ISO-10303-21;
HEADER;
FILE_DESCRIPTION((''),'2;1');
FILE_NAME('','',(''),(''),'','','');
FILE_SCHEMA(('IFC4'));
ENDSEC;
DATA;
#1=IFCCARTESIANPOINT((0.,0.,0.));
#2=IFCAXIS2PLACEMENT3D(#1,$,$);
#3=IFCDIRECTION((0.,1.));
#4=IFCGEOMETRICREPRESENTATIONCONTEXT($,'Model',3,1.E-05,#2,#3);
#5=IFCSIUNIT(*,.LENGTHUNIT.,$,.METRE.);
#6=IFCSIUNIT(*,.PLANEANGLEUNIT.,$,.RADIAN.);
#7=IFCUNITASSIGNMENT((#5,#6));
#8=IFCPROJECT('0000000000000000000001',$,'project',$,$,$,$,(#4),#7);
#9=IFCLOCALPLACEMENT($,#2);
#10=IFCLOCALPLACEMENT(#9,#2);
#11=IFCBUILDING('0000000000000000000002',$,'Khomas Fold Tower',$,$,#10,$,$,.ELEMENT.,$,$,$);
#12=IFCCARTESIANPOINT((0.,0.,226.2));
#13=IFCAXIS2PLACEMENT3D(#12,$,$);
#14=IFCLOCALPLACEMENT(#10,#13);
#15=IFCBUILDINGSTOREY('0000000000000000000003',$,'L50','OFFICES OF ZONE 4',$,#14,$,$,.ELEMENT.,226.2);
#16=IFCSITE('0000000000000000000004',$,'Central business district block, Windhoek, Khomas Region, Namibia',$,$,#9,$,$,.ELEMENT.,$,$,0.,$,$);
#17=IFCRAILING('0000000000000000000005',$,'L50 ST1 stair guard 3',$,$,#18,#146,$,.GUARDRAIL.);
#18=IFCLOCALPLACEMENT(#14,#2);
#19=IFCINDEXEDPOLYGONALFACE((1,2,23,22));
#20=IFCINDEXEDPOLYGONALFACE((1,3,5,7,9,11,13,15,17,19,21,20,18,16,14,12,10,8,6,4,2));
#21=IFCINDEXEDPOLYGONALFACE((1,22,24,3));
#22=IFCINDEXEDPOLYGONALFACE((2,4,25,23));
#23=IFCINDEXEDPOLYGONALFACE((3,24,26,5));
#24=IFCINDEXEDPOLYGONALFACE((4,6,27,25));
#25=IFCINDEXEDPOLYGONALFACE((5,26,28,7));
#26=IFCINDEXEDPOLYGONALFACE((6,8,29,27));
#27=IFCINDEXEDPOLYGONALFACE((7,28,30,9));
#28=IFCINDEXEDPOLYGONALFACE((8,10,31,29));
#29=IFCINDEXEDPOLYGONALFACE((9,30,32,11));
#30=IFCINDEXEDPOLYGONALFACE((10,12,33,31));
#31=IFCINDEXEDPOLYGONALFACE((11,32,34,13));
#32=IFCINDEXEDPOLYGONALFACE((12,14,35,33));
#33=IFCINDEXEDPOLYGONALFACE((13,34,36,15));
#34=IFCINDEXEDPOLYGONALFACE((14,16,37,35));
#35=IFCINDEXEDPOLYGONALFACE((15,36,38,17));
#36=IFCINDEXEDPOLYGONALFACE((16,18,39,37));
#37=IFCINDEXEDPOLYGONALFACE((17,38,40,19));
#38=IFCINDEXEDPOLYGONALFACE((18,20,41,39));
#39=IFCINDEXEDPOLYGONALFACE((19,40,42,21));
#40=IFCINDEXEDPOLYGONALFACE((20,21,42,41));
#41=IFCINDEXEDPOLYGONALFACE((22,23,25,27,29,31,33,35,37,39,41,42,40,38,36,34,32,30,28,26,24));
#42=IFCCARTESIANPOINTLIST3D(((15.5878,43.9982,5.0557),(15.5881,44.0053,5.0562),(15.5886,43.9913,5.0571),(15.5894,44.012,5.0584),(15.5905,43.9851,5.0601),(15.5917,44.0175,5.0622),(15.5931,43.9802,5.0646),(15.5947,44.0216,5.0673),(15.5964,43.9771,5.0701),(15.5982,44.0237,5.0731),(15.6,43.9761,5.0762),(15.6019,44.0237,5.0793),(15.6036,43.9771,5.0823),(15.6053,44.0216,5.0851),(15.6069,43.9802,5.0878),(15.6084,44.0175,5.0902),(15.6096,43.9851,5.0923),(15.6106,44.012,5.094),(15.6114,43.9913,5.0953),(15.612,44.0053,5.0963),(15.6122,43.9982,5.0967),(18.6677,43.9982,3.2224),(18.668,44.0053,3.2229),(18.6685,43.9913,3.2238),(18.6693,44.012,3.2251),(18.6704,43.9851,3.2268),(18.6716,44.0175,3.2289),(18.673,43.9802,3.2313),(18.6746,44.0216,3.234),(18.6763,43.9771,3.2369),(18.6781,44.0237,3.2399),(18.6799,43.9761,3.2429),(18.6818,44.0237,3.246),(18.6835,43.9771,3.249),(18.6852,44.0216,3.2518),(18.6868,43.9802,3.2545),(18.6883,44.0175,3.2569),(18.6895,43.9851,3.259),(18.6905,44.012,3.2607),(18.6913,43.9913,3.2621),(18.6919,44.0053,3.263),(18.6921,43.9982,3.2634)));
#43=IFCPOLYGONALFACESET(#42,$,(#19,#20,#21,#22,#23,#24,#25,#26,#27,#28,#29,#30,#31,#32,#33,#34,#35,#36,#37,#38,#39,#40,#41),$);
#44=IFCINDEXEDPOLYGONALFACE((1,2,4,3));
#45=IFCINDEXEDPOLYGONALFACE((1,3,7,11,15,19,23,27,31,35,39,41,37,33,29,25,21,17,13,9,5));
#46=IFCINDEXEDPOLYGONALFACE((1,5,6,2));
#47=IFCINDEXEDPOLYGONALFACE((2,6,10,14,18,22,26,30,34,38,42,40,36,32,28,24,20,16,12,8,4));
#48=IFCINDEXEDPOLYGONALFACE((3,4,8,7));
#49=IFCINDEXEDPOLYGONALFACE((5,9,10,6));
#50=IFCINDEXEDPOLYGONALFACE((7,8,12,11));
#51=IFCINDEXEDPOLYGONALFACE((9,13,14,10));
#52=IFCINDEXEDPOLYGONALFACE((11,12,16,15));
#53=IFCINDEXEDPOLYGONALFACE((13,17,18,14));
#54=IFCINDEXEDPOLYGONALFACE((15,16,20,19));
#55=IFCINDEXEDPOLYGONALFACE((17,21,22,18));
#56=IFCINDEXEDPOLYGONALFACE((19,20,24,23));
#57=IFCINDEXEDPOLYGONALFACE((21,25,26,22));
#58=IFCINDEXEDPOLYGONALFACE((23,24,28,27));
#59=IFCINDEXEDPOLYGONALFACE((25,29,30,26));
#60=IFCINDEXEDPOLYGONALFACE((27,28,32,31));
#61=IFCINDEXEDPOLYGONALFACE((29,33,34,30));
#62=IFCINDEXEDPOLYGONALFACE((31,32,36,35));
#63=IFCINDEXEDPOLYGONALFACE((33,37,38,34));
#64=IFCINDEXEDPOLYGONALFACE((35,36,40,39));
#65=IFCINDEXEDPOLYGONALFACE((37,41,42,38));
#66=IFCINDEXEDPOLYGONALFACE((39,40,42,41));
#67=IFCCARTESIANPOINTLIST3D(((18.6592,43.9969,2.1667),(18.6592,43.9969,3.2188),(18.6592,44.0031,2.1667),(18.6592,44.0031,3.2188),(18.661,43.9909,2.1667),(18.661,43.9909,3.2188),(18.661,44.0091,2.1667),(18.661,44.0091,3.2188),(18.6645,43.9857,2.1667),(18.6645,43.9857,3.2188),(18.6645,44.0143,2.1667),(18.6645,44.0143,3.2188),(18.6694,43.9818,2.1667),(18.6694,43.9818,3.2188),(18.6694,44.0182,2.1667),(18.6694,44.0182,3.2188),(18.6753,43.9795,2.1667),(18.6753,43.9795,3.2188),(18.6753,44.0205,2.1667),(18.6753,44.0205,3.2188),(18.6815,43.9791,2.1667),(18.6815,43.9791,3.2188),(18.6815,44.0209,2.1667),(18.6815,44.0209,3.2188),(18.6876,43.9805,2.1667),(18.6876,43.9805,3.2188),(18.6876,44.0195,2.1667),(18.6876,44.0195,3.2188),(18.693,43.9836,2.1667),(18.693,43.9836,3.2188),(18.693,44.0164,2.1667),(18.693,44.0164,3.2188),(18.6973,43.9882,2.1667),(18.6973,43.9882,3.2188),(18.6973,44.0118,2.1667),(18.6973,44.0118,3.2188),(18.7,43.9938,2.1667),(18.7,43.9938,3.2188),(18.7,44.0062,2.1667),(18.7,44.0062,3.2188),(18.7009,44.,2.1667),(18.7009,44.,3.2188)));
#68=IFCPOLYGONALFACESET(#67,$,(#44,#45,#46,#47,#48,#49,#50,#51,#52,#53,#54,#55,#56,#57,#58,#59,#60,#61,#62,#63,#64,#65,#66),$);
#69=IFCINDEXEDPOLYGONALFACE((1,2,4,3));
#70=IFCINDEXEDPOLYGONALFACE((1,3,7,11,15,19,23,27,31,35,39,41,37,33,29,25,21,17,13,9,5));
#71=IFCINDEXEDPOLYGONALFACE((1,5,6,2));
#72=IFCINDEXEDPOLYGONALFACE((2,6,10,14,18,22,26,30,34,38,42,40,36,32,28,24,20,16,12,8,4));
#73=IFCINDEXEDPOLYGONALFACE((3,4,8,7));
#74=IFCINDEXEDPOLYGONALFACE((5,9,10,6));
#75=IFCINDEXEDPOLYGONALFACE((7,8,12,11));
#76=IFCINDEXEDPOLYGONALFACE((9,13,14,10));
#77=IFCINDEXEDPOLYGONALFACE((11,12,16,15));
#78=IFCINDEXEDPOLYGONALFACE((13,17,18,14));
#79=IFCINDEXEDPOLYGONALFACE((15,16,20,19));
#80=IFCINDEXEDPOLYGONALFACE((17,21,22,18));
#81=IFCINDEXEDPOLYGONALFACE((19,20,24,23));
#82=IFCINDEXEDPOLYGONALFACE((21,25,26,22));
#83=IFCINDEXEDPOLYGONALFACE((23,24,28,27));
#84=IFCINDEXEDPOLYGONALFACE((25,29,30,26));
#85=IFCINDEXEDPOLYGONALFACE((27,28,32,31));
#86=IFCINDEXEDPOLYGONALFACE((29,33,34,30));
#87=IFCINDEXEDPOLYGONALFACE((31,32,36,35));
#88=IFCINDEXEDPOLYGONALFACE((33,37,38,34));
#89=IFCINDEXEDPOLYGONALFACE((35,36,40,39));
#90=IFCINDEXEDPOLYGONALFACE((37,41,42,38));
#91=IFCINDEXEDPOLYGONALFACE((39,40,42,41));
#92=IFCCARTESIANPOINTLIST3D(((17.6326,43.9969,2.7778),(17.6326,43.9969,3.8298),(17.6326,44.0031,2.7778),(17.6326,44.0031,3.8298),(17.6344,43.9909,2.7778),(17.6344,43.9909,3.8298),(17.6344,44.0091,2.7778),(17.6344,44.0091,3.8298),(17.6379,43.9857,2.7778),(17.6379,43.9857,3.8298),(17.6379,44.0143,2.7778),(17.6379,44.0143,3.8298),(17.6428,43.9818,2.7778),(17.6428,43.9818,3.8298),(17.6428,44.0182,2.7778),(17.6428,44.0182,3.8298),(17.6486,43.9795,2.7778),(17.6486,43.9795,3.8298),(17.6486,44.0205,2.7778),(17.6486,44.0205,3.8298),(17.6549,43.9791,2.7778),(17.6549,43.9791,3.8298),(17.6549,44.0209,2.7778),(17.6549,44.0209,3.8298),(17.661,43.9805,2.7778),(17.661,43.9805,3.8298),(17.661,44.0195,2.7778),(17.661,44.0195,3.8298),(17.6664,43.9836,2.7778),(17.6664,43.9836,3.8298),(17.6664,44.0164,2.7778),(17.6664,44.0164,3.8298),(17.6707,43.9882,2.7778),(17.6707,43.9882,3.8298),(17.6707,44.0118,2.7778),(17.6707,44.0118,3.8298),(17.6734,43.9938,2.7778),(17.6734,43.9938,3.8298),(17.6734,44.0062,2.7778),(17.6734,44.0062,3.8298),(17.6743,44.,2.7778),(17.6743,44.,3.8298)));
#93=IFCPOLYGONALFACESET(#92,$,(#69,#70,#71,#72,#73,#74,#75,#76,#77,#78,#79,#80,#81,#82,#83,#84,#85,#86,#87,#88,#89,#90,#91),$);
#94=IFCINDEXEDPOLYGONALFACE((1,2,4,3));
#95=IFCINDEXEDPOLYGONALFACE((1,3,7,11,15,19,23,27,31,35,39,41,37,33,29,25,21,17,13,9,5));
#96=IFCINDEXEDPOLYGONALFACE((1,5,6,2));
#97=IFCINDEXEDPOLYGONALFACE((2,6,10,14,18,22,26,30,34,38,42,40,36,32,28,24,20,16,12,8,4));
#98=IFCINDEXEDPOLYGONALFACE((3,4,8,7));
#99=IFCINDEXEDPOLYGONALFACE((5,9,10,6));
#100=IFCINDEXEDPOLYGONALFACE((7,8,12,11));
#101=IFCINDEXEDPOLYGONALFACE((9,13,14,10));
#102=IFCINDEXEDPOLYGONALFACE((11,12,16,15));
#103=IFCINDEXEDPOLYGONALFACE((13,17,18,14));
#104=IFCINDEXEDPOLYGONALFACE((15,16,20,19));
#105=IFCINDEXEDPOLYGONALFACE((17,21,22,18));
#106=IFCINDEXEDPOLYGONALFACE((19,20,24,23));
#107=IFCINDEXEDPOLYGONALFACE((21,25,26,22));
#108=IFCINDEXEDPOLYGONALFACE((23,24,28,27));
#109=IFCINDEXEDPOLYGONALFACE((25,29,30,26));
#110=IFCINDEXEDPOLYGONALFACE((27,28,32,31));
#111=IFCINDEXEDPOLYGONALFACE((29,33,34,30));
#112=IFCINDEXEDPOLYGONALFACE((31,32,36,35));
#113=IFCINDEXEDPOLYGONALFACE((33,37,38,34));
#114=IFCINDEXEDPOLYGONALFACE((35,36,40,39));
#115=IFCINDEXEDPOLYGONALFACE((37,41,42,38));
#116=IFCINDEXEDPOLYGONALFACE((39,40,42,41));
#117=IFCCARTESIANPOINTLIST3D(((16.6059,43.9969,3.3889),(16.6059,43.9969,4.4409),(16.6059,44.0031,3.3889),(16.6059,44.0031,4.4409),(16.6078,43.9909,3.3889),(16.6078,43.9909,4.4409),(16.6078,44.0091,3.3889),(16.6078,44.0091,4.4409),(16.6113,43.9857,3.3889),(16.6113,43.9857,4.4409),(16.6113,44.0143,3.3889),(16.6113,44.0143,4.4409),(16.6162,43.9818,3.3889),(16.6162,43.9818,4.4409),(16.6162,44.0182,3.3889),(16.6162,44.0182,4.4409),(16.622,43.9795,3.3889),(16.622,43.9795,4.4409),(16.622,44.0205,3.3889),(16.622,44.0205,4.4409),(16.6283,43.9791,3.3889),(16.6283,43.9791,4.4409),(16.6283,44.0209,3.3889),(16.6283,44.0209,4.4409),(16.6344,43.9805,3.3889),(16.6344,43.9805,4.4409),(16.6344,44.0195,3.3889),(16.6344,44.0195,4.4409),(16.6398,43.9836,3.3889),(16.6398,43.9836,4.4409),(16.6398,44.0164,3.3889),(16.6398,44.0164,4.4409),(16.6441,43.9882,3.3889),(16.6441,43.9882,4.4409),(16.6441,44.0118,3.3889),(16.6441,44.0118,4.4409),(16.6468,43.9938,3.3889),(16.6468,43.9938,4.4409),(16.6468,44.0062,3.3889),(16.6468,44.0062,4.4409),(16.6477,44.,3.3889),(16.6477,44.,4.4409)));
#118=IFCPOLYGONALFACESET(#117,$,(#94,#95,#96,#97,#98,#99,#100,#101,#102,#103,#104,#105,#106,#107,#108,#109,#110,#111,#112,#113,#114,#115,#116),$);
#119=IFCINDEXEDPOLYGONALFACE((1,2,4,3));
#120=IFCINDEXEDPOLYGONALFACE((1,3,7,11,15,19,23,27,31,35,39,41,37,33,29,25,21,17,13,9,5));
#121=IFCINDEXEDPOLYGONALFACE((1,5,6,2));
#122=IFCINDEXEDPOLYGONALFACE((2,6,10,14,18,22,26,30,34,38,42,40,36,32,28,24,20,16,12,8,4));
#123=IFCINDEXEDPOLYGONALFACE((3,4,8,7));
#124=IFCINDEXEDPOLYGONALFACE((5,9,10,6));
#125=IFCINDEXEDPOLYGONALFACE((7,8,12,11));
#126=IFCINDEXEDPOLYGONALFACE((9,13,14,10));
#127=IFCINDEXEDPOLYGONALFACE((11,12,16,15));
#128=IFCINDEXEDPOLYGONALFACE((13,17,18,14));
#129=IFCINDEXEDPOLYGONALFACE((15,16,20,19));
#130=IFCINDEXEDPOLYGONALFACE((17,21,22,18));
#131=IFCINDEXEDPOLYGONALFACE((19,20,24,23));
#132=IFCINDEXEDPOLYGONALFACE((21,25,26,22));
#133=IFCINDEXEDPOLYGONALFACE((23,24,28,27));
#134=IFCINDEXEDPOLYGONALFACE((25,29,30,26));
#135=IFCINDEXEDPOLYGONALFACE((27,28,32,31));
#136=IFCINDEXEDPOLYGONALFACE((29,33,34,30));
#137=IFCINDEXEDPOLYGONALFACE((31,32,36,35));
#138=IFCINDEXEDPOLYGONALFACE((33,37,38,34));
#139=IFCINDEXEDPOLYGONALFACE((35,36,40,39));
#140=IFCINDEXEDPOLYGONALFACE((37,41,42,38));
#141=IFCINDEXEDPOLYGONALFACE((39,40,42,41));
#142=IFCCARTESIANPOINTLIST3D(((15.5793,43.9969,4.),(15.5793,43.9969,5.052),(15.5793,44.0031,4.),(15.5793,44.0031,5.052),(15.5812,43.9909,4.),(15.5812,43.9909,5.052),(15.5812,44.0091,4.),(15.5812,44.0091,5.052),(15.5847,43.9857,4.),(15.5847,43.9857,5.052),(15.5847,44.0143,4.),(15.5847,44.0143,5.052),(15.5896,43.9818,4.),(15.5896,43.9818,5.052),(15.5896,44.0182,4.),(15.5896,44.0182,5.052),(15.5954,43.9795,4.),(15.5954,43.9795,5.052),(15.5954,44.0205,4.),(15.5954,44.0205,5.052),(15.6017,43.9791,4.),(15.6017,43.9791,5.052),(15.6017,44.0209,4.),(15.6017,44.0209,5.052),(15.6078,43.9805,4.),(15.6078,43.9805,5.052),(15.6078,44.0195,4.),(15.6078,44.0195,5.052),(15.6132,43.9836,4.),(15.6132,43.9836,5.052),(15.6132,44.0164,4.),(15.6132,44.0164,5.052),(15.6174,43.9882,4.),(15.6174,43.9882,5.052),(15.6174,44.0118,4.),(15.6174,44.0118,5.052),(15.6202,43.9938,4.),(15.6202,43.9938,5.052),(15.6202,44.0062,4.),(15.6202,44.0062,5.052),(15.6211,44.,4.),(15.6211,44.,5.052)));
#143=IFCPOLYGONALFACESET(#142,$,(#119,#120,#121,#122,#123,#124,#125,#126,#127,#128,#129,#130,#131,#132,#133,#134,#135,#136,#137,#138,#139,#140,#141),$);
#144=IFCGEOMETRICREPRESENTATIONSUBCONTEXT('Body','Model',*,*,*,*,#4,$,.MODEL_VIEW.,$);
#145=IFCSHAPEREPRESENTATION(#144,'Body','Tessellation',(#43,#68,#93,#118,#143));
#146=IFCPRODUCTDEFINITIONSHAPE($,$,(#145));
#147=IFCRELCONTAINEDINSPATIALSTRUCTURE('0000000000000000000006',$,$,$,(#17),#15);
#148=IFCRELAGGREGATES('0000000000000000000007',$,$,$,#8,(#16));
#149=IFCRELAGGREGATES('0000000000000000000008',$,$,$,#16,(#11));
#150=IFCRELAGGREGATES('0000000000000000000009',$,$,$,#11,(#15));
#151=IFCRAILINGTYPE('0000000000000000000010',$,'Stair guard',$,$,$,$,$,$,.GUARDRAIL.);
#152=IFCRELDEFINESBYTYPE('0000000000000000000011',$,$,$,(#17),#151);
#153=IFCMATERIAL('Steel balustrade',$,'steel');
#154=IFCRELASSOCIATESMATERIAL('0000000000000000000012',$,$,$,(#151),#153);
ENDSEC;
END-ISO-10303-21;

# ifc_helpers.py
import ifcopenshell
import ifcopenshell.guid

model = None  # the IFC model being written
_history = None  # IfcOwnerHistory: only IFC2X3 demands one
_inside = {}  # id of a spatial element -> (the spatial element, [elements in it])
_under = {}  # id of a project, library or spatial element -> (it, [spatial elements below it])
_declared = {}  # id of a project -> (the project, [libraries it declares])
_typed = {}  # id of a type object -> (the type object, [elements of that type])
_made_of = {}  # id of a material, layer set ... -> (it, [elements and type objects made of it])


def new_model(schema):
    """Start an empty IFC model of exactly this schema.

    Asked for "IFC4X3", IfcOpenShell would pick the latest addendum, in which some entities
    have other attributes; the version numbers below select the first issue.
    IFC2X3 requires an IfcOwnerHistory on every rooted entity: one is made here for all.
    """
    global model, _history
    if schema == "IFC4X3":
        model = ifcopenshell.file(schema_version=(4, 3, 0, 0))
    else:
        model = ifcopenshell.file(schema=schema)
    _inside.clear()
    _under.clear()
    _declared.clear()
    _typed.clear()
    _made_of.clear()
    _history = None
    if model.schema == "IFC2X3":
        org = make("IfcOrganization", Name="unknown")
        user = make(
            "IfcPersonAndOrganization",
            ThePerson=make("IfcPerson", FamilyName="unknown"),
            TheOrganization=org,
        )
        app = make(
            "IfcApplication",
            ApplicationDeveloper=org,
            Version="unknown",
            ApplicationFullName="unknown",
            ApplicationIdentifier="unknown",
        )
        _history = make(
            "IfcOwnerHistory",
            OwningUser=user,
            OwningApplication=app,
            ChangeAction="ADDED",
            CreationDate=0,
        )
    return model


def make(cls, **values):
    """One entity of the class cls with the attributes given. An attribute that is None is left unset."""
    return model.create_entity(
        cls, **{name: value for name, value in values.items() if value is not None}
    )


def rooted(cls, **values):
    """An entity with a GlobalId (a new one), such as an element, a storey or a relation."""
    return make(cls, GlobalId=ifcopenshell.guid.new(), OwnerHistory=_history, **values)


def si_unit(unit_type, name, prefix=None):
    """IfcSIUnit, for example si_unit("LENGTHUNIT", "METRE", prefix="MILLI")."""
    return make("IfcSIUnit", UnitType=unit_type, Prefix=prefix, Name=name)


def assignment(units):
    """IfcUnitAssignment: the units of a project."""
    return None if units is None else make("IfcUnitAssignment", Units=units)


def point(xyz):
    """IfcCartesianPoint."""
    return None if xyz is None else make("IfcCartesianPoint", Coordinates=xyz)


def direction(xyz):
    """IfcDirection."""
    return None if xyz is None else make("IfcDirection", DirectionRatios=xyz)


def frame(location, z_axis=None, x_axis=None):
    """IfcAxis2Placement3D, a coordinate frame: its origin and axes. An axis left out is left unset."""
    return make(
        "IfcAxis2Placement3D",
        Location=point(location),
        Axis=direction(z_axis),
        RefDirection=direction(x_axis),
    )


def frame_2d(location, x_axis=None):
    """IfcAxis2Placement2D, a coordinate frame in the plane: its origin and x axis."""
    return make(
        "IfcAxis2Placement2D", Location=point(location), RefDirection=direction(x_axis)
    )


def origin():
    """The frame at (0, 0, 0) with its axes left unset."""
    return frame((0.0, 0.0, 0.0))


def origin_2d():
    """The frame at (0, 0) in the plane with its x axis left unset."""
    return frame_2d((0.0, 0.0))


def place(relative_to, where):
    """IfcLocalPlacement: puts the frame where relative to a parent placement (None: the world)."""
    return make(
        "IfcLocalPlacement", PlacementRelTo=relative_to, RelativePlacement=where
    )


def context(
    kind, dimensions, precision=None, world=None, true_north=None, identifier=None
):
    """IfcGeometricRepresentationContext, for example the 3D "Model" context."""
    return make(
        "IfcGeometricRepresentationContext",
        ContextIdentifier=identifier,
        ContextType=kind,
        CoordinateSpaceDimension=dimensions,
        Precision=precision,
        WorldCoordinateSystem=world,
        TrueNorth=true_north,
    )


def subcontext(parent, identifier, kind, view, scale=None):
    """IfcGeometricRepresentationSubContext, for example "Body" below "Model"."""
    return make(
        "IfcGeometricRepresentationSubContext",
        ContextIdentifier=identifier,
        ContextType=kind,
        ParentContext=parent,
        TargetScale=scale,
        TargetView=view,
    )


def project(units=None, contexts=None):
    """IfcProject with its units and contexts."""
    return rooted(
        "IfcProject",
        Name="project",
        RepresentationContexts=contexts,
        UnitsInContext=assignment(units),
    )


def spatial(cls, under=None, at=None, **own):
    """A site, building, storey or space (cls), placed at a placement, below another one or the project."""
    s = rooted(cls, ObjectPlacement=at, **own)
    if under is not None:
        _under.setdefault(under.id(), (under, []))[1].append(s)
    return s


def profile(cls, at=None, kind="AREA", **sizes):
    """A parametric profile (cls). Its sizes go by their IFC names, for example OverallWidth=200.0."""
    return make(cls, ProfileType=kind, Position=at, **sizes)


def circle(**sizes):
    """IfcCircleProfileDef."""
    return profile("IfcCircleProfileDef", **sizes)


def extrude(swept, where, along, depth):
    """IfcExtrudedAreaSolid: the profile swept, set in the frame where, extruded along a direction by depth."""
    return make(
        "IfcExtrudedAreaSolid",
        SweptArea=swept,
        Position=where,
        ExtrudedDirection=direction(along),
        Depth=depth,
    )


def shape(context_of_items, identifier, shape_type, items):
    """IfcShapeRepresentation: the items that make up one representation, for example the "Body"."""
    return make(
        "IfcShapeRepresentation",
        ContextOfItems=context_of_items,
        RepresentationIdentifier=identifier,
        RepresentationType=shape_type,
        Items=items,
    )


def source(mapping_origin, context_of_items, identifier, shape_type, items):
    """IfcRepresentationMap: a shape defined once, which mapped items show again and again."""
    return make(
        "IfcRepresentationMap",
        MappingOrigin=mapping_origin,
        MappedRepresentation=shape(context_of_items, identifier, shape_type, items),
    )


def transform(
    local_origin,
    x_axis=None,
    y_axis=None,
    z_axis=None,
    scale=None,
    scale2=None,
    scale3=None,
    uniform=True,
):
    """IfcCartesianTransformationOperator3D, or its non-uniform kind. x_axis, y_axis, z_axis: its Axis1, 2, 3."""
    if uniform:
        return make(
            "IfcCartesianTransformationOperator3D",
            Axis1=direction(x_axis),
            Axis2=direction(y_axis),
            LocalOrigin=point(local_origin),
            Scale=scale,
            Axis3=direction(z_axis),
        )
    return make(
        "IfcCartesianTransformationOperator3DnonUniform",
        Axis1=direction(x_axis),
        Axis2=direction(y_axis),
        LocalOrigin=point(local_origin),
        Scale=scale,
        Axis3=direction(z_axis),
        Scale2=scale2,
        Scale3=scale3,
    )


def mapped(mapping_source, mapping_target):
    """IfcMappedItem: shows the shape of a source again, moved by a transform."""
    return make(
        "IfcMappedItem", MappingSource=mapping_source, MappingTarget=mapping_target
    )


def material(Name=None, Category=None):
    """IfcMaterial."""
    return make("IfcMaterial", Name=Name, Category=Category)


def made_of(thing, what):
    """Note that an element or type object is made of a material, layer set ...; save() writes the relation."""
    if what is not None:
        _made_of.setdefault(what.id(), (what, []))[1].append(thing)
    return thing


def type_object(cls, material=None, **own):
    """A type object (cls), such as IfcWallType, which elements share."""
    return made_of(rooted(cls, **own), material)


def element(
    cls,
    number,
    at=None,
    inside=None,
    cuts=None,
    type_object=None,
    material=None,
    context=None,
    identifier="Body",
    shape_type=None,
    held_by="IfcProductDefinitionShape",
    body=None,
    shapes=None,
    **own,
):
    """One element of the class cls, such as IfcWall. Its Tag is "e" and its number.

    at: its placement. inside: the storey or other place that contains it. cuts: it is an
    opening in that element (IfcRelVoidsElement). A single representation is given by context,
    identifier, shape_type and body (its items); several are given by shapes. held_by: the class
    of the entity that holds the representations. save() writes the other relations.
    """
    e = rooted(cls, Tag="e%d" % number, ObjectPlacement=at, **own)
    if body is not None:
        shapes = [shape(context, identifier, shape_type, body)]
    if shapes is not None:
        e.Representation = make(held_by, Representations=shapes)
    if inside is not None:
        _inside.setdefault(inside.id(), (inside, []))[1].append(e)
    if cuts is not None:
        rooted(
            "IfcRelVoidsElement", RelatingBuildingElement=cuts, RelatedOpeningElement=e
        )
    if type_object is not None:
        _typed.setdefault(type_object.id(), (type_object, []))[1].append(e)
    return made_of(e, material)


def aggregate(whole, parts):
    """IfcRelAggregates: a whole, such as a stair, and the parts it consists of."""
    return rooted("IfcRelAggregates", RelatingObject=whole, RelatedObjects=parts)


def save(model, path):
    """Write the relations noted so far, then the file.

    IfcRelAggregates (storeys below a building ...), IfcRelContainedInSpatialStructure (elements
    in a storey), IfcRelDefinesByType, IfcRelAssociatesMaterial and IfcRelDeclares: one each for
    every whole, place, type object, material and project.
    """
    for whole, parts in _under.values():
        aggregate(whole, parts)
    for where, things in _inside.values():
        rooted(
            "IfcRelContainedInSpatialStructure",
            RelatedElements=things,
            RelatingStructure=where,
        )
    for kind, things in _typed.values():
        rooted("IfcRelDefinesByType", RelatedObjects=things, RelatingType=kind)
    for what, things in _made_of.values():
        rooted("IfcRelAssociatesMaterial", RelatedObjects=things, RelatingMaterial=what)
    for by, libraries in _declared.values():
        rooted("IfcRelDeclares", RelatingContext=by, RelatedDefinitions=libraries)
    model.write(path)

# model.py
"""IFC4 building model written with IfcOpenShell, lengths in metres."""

from ifc_helpers import new_model, si_unit, direction, frame, origin, origin_2d, place, context, subcontext, project, spatial, circle, extrude, source, transform, mapped, material, type_object, element, save


model = new_model("IFC4")

# Units and contexts
model_context = context("Model", 3, precision=1e-05, world=origin(), true_north=direction((0.0, 1.0)))
body_context = subcontext(model_context, "Body", "Model", "MODEL_VIEW")
ifc_project = project(units=[si_unit("LENGTHUNIT", "METRE"), si_unit("PLANEANGLEUNIT", "RADIAN")], contexts=[model_context])

# Site, building, storey
site_placement = place(None, origin())
site = spatial("IfcSite", under=ifc_project, at=site_placement, Name="Central business district block, Windhoek, Khomas Region, Namibia", CompositionType="ELEMENT", RefElevation=0.0)
building_placement = place(site_placement, origin())
building = spatial("IfcBuilding", under=site, at=building_placement, Name="Khomas Fold Tower", CompositionType="ELEMENT")
storey_placement = place(building_placement, frame((0.0, 0.0, 226.2)))
storey = spatial("IfcBuildingStorey", under=building, at=storey_placement, Name="L50", Description="OFFICES OF ZONE 4", CompositionType="ELEMENT", Elevation=226.2)

# Railing
ifc_material_1 = material(Name="Steel balustrade", Category="steel")
railing_type_1 = type_object("IfcRailingType", Name="Stair guard", PredefinedType="GUARDRAIL", material=ifc_material_1)
shared_shape_1 = source(origin(), body_context, "Body", "SweptSolid", [
    extrude(circle(Radius=0.0239, at=origin_2d()), frame((0.0, 0.0, 1.0762), z_axis=(-0.859291, 0.0, 0.511487), x_axis=(0.0, -1.0, 0.0)), (0.0, 0.0, 1.0), 3.5842),
    extrude(circle(Radius=0.021, at=origin_2d()), origin(), (0.0, 0.0, 1.0), 1.052),
    extrude(circle(Radius=0.021, at=origin_2d()), frame((-1.0266, 0.0, 0.6111)), (0.0, 0.0, 1.0), 1.052),
    extrude(circle(Radius=0.021, at=origin_2d()), frame((-2.0532, 0.0, 1.2222)), (0.0, 0.0, 1.0), 1.052),
    extrude(circle(Radius=0.021, at=origin_2d()), frame((-3.0798, 0.0, 1.8333)), (0.0, 0.0, 1.0), 1.052),
])
railing_1_placement = place(storey_placement, frame((18.6799, 44.0, 2.1667)))
element("IfcRailing", 1, at=railing_1_placement, inside=storey, type_object=railing_type_1, Name="L50 ST1 stair guard 3", PredefinedType="GUARDRAIL", context=body_context, shape_type="MappedRepresentation", body=[
    mapped(shared_shape_1, transform((0.0, 0.0, 0.0))),
])

save(model, "model.ifc")
